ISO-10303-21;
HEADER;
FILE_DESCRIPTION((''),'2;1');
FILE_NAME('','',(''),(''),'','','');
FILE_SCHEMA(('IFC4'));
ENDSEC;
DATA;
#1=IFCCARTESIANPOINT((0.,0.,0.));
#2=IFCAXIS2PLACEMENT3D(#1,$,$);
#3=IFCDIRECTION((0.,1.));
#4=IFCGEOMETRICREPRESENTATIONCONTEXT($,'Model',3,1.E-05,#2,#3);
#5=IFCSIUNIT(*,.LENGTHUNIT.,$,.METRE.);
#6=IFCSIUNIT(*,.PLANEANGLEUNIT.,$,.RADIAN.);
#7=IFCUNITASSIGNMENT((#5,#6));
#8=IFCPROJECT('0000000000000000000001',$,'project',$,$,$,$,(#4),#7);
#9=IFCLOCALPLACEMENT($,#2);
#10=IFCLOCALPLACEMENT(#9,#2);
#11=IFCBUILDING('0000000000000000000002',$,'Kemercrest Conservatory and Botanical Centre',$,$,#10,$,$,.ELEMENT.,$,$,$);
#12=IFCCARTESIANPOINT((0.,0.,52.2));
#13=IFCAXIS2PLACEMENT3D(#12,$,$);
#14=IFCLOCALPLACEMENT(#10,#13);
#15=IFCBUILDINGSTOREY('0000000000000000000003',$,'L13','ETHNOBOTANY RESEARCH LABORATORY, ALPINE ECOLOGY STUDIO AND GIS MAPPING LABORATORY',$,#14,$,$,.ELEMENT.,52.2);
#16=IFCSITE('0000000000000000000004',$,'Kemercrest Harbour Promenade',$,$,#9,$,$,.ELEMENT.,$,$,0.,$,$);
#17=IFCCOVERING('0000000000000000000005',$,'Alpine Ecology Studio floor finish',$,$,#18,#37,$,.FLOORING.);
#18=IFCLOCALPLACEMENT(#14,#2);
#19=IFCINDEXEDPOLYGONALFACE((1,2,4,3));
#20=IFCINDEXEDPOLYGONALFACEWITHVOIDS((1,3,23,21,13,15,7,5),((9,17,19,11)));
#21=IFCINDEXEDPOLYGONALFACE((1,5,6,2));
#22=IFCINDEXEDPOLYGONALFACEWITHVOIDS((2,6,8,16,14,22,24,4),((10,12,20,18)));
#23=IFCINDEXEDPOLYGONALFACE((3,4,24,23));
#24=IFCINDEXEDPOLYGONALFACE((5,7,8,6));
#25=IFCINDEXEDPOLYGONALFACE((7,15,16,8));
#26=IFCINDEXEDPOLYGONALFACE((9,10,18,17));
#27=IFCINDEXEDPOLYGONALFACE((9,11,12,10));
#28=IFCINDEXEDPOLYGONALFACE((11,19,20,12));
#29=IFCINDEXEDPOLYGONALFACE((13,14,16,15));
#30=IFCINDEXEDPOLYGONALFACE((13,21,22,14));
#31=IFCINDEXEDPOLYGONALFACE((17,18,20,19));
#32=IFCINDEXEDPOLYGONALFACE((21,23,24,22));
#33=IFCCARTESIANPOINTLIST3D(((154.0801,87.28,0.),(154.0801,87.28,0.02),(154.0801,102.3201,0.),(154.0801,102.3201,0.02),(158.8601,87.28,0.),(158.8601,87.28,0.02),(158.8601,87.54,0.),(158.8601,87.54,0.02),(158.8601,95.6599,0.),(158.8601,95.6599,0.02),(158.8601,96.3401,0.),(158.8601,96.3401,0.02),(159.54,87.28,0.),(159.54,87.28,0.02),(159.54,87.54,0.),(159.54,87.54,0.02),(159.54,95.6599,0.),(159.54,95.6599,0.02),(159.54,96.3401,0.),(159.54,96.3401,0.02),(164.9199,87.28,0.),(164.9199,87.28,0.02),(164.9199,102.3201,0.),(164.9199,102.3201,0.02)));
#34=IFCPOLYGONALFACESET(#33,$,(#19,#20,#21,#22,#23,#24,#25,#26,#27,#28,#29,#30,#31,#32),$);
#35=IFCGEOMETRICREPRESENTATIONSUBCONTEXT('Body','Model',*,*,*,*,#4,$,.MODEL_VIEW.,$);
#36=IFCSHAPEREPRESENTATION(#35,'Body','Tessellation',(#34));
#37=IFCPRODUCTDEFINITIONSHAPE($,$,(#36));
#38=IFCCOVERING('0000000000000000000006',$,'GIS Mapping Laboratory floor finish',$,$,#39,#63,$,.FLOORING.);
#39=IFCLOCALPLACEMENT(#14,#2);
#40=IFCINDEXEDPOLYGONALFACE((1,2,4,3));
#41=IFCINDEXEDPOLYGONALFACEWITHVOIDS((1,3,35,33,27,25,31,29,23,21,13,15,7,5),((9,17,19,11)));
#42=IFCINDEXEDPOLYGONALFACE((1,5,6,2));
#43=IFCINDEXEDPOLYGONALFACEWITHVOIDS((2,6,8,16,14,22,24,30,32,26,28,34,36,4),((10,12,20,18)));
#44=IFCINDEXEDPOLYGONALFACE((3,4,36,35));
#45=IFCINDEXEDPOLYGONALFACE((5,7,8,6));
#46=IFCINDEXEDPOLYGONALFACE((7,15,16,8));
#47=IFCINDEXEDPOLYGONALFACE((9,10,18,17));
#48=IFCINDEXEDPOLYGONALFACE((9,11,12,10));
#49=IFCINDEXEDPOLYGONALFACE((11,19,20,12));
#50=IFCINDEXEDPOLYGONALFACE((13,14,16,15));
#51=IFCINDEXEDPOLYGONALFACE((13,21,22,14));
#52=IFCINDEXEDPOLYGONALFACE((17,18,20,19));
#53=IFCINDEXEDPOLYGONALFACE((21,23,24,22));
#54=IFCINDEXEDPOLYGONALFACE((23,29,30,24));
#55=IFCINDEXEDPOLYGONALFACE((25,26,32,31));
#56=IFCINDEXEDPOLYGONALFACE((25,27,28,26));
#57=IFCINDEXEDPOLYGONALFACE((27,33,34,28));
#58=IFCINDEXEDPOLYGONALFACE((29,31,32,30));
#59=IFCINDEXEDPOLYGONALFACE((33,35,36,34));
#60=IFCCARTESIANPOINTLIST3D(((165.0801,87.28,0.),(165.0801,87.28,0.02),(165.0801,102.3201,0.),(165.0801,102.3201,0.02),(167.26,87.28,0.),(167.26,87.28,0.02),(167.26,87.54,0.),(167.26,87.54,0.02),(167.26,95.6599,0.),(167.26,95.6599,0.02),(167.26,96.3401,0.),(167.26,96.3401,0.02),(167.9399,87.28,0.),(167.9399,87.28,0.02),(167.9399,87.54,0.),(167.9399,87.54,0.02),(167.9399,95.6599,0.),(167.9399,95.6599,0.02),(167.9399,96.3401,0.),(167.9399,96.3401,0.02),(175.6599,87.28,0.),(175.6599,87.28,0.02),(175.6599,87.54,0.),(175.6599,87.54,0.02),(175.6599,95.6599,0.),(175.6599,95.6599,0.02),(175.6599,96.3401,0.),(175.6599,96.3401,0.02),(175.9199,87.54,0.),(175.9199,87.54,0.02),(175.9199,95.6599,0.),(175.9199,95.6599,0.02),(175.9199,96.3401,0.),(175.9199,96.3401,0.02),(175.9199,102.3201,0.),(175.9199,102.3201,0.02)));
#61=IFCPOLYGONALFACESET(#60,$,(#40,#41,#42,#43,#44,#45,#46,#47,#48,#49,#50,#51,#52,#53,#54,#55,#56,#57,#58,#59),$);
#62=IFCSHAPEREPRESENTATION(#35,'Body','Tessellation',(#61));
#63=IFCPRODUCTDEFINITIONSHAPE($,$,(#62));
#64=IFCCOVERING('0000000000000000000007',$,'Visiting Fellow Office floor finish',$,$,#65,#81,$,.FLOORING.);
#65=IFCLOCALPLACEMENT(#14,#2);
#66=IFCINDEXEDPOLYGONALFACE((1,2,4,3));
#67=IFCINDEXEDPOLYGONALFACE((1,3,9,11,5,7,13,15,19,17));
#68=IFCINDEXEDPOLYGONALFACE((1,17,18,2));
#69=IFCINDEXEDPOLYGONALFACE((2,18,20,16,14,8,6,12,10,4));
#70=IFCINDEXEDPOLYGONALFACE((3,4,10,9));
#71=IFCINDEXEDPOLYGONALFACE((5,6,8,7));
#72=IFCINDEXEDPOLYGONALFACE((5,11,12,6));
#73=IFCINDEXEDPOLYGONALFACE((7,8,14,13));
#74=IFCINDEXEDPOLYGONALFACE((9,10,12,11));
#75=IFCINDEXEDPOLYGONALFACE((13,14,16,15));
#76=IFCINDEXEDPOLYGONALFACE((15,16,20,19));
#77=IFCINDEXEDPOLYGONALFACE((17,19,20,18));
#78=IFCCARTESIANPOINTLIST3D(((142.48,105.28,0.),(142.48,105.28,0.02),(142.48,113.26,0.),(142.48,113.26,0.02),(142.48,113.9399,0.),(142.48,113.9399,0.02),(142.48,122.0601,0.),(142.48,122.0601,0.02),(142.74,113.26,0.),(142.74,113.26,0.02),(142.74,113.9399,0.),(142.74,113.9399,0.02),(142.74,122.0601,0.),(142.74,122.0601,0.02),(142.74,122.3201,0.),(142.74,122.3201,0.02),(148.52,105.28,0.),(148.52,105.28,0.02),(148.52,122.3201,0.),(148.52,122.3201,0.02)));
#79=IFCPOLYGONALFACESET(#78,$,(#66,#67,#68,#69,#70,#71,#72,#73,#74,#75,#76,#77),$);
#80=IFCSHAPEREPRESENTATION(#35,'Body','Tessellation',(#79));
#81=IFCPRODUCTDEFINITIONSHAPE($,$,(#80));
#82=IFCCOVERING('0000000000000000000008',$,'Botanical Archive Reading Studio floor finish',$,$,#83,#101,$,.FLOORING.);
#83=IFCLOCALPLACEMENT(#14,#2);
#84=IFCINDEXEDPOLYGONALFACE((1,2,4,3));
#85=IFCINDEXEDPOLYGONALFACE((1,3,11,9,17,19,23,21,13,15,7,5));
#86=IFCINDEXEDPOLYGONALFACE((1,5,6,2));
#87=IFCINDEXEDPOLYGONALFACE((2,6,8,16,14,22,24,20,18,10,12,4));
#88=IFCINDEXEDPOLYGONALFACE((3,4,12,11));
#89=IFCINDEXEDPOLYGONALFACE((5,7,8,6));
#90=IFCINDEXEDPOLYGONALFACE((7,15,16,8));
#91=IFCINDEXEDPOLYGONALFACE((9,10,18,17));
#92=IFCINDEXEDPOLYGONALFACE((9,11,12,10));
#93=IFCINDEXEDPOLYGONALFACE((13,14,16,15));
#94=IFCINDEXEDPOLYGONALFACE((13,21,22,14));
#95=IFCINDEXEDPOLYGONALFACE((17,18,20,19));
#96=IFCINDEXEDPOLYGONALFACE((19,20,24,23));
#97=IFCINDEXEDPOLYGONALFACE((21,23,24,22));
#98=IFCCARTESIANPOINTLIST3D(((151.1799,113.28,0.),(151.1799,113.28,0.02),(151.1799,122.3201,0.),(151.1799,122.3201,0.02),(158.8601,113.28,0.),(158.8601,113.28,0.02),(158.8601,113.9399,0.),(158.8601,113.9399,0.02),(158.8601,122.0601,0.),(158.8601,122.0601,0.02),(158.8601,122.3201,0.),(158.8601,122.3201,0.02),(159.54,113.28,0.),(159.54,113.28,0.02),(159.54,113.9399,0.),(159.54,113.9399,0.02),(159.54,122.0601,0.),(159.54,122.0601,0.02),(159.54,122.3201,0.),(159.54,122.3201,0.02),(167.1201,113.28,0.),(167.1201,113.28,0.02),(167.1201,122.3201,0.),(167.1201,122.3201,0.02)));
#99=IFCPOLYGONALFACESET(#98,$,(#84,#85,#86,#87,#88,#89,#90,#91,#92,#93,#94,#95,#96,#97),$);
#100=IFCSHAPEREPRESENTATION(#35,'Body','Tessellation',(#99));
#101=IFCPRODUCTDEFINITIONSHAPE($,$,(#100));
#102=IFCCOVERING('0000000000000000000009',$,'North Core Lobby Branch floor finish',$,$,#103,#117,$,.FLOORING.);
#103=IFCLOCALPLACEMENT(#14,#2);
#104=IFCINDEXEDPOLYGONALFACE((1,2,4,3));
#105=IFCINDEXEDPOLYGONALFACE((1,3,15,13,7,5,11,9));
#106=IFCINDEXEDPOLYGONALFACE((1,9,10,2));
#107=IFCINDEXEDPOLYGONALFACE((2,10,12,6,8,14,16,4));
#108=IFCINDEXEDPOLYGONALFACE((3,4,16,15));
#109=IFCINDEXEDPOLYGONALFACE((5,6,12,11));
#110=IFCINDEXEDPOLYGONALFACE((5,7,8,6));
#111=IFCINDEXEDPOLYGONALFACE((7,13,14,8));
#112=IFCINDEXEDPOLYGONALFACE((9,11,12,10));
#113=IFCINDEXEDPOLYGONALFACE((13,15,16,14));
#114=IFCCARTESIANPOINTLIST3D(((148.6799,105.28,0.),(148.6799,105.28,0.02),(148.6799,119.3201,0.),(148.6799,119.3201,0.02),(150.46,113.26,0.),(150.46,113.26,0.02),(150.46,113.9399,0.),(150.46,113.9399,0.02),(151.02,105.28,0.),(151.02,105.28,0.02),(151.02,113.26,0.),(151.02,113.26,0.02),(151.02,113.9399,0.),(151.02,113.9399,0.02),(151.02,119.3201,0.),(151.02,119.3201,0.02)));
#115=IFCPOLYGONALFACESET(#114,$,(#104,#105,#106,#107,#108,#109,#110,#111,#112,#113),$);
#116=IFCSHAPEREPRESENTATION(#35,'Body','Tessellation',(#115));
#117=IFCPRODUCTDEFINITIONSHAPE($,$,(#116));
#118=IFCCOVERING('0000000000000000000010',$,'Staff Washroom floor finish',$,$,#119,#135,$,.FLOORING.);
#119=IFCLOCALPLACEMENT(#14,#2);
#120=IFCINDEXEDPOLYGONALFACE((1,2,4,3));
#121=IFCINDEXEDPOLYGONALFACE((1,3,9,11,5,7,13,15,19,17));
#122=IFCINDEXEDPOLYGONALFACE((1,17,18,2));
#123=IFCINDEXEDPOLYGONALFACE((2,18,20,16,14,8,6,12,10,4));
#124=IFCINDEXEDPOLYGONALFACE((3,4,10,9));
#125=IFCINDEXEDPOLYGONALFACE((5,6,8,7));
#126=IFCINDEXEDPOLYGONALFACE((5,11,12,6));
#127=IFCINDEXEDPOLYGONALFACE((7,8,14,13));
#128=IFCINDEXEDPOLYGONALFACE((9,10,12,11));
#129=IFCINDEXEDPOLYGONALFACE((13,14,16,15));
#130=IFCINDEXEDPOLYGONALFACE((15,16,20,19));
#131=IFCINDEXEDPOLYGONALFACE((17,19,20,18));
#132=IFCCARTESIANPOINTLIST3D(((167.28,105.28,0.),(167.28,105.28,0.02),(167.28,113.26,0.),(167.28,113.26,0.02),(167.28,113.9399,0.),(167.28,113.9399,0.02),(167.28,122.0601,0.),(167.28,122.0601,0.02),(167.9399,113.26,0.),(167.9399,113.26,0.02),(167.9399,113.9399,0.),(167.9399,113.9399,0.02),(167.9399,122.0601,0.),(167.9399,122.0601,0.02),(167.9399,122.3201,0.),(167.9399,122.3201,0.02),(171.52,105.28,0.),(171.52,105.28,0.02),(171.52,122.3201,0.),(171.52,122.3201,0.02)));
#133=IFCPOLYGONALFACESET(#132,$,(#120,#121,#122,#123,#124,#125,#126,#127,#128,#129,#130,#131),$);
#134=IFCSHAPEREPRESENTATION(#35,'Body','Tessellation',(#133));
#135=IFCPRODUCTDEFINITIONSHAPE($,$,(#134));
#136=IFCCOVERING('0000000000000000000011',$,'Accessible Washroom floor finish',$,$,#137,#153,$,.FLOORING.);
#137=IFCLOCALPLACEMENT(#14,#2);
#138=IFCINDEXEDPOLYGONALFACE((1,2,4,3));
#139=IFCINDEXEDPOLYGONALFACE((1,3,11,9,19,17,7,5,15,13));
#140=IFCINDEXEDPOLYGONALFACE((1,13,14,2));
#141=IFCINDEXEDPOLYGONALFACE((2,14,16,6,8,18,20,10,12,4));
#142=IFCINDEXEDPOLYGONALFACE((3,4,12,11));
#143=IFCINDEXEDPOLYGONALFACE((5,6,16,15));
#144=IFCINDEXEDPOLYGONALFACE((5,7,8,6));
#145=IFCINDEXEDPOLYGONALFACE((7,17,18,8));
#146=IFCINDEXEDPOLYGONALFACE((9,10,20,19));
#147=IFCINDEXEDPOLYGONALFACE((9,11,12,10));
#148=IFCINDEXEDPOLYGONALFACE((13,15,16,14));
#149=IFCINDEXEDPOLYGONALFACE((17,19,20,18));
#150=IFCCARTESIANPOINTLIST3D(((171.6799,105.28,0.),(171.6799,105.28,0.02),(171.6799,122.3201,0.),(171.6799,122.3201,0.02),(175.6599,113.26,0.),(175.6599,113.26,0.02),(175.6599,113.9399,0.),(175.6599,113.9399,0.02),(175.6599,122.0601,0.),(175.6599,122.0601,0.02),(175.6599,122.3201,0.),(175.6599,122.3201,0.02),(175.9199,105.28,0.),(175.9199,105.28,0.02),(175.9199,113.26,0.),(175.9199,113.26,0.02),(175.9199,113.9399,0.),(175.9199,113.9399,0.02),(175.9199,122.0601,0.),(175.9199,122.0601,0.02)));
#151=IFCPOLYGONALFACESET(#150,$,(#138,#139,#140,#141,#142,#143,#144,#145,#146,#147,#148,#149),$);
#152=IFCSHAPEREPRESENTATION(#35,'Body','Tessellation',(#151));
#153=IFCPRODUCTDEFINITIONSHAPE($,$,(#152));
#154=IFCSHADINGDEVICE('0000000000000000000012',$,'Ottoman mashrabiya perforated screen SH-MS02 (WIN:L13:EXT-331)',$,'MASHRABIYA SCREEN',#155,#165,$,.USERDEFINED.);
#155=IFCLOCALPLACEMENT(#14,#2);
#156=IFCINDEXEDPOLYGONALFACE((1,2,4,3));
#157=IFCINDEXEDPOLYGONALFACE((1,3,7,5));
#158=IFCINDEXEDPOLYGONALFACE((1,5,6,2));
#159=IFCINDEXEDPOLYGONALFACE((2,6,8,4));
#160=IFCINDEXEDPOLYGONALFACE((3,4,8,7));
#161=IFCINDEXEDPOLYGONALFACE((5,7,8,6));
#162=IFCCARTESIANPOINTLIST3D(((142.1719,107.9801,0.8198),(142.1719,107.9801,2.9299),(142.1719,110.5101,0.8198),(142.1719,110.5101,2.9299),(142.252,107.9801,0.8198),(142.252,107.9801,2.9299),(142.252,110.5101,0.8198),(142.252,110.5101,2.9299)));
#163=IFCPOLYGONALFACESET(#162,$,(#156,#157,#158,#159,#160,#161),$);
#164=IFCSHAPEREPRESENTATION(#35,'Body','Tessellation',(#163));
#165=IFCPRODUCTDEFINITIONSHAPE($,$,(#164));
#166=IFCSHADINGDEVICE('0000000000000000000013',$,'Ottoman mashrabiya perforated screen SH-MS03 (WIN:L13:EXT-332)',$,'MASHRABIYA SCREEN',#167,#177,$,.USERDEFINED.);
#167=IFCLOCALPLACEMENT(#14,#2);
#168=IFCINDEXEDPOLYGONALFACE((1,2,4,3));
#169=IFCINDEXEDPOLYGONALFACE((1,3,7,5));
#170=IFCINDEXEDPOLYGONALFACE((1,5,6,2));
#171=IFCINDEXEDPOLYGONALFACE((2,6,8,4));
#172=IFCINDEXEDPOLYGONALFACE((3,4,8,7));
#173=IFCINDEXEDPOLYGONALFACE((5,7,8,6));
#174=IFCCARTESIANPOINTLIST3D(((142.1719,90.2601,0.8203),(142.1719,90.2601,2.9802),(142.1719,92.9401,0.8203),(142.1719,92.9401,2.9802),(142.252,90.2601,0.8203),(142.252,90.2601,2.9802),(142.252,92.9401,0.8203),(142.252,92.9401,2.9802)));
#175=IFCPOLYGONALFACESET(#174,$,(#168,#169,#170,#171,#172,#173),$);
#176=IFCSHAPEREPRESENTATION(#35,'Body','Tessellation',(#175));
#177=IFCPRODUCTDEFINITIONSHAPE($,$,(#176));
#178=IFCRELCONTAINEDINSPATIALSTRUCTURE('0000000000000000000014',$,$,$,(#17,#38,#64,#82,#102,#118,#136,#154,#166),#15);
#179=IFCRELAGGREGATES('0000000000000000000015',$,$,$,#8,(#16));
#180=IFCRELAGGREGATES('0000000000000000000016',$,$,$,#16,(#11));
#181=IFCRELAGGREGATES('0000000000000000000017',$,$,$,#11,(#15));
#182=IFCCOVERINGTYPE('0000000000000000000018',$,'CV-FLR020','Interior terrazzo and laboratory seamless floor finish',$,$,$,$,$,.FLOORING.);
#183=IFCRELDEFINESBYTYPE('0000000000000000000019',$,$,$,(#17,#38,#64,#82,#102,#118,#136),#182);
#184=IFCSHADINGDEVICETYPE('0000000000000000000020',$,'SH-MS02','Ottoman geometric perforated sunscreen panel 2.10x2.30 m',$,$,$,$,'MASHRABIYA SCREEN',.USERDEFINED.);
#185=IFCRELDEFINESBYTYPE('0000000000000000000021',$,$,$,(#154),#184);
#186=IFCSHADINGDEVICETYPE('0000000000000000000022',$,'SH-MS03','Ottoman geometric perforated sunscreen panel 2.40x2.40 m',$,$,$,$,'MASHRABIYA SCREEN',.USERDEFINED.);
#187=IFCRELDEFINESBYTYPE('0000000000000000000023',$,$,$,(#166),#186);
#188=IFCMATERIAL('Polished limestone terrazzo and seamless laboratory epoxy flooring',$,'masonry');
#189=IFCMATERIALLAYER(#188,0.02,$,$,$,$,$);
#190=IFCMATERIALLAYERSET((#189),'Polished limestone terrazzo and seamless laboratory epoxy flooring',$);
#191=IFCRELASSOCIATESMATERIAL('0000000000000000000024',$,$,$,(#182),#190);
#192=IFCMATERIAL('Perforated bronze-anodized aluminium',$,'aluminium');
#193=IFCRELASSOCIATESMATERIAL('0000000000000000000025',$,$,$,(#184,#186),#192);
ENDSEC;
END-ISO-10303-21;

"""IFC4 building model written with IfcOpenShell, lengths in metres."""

from ifc_helpers import new_model, si_unit, direction, frame, origin, origin_2d, place, context, subcontext, project, spatial, polyline, rectangle, outline, extrude, material, layer, layer_set, type_object, element, save


model = new_model("IFC4")

# Units and contexts
model_context = context("Model", 3, precision=1e-05, world=origin(), true_north=direction((0.0, 1.0)))
body_context = subcontext(model_context, "Body", "Model", "MODEL_VIEW")
ifc_project = project(units=[si_unit("LENGTHUNIT", "METRE"), si_unit("PLANEANGLEUNIT", "RADIAN")], contexts=[model_context])

# Site, building, storey
site_placement = place(None, origin())
site = spatial("IfcSite", under=ifc_project, at=site_placement, Name="Kemercrest Harbour Promenade", CompositionType="ELEMENT", RefElevation=0.0)
building_placement = place(site_placement, origin())
building = spatial("IfcBuilding", under=site, at=building_placement, Name="Kemercrest Conservatory and Botanical Centre", CompositionType="ELEMENT")
storey_placement = place(building_placement, frame((0.0, 0.0, 52.2)))
storey = spatial("IfcBuildingStorey", under=building, at=storey_placement, Name="L13", Description="ETHNOBOTANY RESEARCH LABORATORY, ALPINE ECOLOGY STUDIO AND GIS MAPPING LABORATORY", CompositionType="ELEMENT", Elevation=52.2)

# Coverings
ifc_material_1 = material(Name="Polished limestone terrazzo and seamless laboratory epoxy flooring", Category="masonry")
ifc_layer_1 = layer(ifc_material_1, 0.02)
ifc_layer_set_1 = layer_set([ifc_layer_1], Name="Polished limestone terrazzo and seamless laboratory epoxy flooring")
covering_type_1 = type_object("IfcCoveringType", Name="CV-FLR020", Description="Interior terrazzo and laboratory seamless floor finish", PredefinedType="FLOORING", material=ifc_layer_set_1)
covering_1_placement = place(storey_placement, origin())
element("IfcCovering", 1, at=covering_1_placement, inside=storey, type_object=covering_type_1, Name="Alpine Ecology Studio floor finish", PredefinedType="FLOORING", context=body_context, shape_type="SweptSolid", body=[
    extrude(outline(polyline([(158.8601, 87.54), (159.54, 87.54), (159.54, 87.28), (164.9199, 87.28), (164.9199, 102.3201), (154.0801, 102.3201), (154.0801, 87.28), (158.8601, 87.28), (158.8601, 87.54)]), holes=[polyline([(158.8601, 96.3401), (159.54, 96.3401), (159.54, 95.6599), (158.8601, 95.6599), (158.8601, 96.3401)])]), origin(), (0.0, 0.0, 1.0), 0.02),
])
covering_2_placement = place(storey_placement, origin())
element("IfcCovering", 2, at=covering_2_placement, inside=storey, type_object=covering_type_1, Name="GIS Mapping Laboratory floor finish", PredefinedType="FLOORING", context=body_context, shape_type="SweptSolid", body=[
    extrude(outline(polyline([(167.26, 87.54), (167.9399, 87.54), (167.9399, 87.28), (175.6599, 87.28), (175.6599, 87.54), (175.9199, 87.54), (175.9199, 95.6599), (175.6599, 95.6599), (175.6599, 96.3401), (175.9199, 96.3401), (175.9199, 102.3201), (165.0801, 102.3201), (165.0801, 87.28), (167.26, 87.28), (167.26, 87.54)]), holes=[polyline([(167.26, 96.3401), (167.9399, 96.3401), (167.9399, 95.6599), (167.26, 95.6599), (167.26, 96.3401)])]), origin(), (0.0, 0.0, 1.0), 0.02),
])
covering_3_placement = place(storey_placement, origin())
element("IfcCovering", 3, at=covering_3_placement, inside=storey, type_object=covering_type_1, Name="Visiting Fellow Office floor finish", PredefinedType="FLOORING", context=body_context, shape_type="SweptSolid", body=[
    extrude(outline(polyline([(142.48, 105.28), (148.52, 105.28), (148.52, 122.3201), (142.74, 122.3201), (142.74, 122.0601), (142.48, 122.0601), (142.48, 113.9399), (142.74, 113.9399), (142.74, 113.26), (142.48, 113.26), (142.48, 105.28)])), origin(), (0.0, 0.0, 1.0), 0.02),
])
covering_4_placement = place(storey_placement, origin())
element("IfcCovering", 4, at=covering_4_placement, inside=storey, type_object=covering_type_1, Name="Botanical Archive Reading Studio floor finish", PredefinedType="FLOORING", context=body_context, shape_type="SweptSolid", body=[
    extrude(outline(polyline([(159.54, 113.28), (167.1201, 113.28), (167.1201, 122.3201), (159.54, 122.3201), (159.54, 122.0601), (158.8601, 122.0601), (158.8601, 122.3201), (151.1799, 122.3201), (151.1799, 113.28), (158.8601, 113.28), (158.8601, 113.9399), (159.54, 113.9399), (159.54, 113.28)])), origin(), (0.0, 0.0, 1.0), 0.02),
])
covering_5_placement = place(storey_placement, origin())
element("IfcCovering", 5, at=covering_5_placement, inside=storey, type_object=covering_type_1, Name="North Core Lobby Branch floor finish", PredefinedType="FLOORING", context=body_context, shape_type="SweptSolid", body=[
    extrude(outline(polyline([(148.6799, 105.28), (151.02, 105.28), (151.02, 113.26), (150.46, 113.26), (150.46, 113.9399), (151.02, 113.9399), (151.02, 119.3201), (148.6799, 119.3201), (148.6799, 105.28)])), origin(), (0.0, 0.0, 1.0), 0.02),
])
covering_6_placement = place(storey_placement, origin())
element("IfcCovering", 6, at=covering_6_placement, inside=storey, type_object=covering_type_1, Name="Staff Washroom floor finish", PredefinedType="FLOORING", context=body_context, shape_type="SweptSolid", body=[
    extrude(outline(polyline([(167.28, 105.28), (171.52, 105.28), (171.52, 122.3201), (167.9399, 122.3201), (167.9399, 122.0601), (167.28, 122.0601), (167.28, 113.9399), (167.9399, 113.9399), (167.9399, 113.26), (167.28, 113.26), (167.28, 105.28)])), origin(), (0.0, 0.0, 1.0), 0.02),
])
covering_7_placement = place(storey_placement, origin())
element("IfcCovering", 7, at=covering_7_placement, inside=storey, type_object=covering_type_1, Name="Accessible Washroom floor finish", PredefinedType="FLOORING", context=body_context, shape_type="SweptSolid", body=[
    extrude(outline(polyline([(171.6799, 105.28), (175.9199, 105.28), (175.9199, 113.26), (175.6599, 113.26), (175.6599, 113.9399), (175.9199, 113.9399), (175.9199, 122.0601), (175.6599, 122.0601), (175.6599, 122.3201), (171.6799, 122.3201), (171.6799, 105.28)])), origin(), (0.0, 0.0, 1.0), 0.02),
])

# Shading devices
ifc_material_2 = material(Name="Perforated bronze-anodized aluminium", Category="aluminium")
shading_device_type_1 = type_object("IfcShadingDeviceType", Name="SH-MS02", Description="Ottoman geometric perforated sunscreen panel 2.10x2.30 m", ElementType="MASHRABIYA SCREEN", PredefinedType="USERDEFINED", material=ifc_material_2)
shading_device_1_placement = place(storey_placement, frame((142.2119, 109.2451, 0.8198), z_axis=(0.0, 0.0, 1.0), x_axis=(0.0, -1.0, 0.0)))
element("IfcShadingDevice", 8, at=shading_device_1_placement, inside=storey, type_object=shading_device_type_1, Name="Ottoman mashrabiya perforated screen SH-MS02 (WIN:L13:EXT-331)", ObjectType="MASHRABIYA SCREEN", PredefinedType="USERDEFINED", context=body_context, shape_type="SweptSolid", body=[
    extrude(rectangle(XDim=2.53, YDim=0.0801, at=origin_2d()), origin(), (0.0, 0.0, 1.0), 2.1101),
])
shading_device_type_2 = type_object("IfcShadingDeviceType", Name="SH-MS03", Description="Ottoman geometric perforated sunscreen panel 2.40x2.40 m", ElementType="MASHRABIYA SCREEN", PredefinedType="USERDEFINED", material=ifc_material_2)
shading_device_2_placement = place(storey_placement, frame((142.2119, 91.6001, 0.8203), z_axis=(0.0, 0.0, 1.0), x_axis=(0.0, -1.0, 0.0)))
element("IfcShadingDevice", 9, at=shading_device_2_placement, inside=storey, type_object=shading_device_type_2, Name="Ottoman mashrabiya perforated screen SH-MS03 (WIN:L13:EXT-332)", ObjectType="MASHRABIYA SCREEN", PredefinedType="USERDEFINED", context=body_context, shape_type="SweptSolid", body=[
    extrude(rectangle(XDim=2.6799, YDim=0.0801, at=origin_2d()), origin(), (0.0, 0.0, 1.0), 2.1599),
])

save(model, "model.ifc")
